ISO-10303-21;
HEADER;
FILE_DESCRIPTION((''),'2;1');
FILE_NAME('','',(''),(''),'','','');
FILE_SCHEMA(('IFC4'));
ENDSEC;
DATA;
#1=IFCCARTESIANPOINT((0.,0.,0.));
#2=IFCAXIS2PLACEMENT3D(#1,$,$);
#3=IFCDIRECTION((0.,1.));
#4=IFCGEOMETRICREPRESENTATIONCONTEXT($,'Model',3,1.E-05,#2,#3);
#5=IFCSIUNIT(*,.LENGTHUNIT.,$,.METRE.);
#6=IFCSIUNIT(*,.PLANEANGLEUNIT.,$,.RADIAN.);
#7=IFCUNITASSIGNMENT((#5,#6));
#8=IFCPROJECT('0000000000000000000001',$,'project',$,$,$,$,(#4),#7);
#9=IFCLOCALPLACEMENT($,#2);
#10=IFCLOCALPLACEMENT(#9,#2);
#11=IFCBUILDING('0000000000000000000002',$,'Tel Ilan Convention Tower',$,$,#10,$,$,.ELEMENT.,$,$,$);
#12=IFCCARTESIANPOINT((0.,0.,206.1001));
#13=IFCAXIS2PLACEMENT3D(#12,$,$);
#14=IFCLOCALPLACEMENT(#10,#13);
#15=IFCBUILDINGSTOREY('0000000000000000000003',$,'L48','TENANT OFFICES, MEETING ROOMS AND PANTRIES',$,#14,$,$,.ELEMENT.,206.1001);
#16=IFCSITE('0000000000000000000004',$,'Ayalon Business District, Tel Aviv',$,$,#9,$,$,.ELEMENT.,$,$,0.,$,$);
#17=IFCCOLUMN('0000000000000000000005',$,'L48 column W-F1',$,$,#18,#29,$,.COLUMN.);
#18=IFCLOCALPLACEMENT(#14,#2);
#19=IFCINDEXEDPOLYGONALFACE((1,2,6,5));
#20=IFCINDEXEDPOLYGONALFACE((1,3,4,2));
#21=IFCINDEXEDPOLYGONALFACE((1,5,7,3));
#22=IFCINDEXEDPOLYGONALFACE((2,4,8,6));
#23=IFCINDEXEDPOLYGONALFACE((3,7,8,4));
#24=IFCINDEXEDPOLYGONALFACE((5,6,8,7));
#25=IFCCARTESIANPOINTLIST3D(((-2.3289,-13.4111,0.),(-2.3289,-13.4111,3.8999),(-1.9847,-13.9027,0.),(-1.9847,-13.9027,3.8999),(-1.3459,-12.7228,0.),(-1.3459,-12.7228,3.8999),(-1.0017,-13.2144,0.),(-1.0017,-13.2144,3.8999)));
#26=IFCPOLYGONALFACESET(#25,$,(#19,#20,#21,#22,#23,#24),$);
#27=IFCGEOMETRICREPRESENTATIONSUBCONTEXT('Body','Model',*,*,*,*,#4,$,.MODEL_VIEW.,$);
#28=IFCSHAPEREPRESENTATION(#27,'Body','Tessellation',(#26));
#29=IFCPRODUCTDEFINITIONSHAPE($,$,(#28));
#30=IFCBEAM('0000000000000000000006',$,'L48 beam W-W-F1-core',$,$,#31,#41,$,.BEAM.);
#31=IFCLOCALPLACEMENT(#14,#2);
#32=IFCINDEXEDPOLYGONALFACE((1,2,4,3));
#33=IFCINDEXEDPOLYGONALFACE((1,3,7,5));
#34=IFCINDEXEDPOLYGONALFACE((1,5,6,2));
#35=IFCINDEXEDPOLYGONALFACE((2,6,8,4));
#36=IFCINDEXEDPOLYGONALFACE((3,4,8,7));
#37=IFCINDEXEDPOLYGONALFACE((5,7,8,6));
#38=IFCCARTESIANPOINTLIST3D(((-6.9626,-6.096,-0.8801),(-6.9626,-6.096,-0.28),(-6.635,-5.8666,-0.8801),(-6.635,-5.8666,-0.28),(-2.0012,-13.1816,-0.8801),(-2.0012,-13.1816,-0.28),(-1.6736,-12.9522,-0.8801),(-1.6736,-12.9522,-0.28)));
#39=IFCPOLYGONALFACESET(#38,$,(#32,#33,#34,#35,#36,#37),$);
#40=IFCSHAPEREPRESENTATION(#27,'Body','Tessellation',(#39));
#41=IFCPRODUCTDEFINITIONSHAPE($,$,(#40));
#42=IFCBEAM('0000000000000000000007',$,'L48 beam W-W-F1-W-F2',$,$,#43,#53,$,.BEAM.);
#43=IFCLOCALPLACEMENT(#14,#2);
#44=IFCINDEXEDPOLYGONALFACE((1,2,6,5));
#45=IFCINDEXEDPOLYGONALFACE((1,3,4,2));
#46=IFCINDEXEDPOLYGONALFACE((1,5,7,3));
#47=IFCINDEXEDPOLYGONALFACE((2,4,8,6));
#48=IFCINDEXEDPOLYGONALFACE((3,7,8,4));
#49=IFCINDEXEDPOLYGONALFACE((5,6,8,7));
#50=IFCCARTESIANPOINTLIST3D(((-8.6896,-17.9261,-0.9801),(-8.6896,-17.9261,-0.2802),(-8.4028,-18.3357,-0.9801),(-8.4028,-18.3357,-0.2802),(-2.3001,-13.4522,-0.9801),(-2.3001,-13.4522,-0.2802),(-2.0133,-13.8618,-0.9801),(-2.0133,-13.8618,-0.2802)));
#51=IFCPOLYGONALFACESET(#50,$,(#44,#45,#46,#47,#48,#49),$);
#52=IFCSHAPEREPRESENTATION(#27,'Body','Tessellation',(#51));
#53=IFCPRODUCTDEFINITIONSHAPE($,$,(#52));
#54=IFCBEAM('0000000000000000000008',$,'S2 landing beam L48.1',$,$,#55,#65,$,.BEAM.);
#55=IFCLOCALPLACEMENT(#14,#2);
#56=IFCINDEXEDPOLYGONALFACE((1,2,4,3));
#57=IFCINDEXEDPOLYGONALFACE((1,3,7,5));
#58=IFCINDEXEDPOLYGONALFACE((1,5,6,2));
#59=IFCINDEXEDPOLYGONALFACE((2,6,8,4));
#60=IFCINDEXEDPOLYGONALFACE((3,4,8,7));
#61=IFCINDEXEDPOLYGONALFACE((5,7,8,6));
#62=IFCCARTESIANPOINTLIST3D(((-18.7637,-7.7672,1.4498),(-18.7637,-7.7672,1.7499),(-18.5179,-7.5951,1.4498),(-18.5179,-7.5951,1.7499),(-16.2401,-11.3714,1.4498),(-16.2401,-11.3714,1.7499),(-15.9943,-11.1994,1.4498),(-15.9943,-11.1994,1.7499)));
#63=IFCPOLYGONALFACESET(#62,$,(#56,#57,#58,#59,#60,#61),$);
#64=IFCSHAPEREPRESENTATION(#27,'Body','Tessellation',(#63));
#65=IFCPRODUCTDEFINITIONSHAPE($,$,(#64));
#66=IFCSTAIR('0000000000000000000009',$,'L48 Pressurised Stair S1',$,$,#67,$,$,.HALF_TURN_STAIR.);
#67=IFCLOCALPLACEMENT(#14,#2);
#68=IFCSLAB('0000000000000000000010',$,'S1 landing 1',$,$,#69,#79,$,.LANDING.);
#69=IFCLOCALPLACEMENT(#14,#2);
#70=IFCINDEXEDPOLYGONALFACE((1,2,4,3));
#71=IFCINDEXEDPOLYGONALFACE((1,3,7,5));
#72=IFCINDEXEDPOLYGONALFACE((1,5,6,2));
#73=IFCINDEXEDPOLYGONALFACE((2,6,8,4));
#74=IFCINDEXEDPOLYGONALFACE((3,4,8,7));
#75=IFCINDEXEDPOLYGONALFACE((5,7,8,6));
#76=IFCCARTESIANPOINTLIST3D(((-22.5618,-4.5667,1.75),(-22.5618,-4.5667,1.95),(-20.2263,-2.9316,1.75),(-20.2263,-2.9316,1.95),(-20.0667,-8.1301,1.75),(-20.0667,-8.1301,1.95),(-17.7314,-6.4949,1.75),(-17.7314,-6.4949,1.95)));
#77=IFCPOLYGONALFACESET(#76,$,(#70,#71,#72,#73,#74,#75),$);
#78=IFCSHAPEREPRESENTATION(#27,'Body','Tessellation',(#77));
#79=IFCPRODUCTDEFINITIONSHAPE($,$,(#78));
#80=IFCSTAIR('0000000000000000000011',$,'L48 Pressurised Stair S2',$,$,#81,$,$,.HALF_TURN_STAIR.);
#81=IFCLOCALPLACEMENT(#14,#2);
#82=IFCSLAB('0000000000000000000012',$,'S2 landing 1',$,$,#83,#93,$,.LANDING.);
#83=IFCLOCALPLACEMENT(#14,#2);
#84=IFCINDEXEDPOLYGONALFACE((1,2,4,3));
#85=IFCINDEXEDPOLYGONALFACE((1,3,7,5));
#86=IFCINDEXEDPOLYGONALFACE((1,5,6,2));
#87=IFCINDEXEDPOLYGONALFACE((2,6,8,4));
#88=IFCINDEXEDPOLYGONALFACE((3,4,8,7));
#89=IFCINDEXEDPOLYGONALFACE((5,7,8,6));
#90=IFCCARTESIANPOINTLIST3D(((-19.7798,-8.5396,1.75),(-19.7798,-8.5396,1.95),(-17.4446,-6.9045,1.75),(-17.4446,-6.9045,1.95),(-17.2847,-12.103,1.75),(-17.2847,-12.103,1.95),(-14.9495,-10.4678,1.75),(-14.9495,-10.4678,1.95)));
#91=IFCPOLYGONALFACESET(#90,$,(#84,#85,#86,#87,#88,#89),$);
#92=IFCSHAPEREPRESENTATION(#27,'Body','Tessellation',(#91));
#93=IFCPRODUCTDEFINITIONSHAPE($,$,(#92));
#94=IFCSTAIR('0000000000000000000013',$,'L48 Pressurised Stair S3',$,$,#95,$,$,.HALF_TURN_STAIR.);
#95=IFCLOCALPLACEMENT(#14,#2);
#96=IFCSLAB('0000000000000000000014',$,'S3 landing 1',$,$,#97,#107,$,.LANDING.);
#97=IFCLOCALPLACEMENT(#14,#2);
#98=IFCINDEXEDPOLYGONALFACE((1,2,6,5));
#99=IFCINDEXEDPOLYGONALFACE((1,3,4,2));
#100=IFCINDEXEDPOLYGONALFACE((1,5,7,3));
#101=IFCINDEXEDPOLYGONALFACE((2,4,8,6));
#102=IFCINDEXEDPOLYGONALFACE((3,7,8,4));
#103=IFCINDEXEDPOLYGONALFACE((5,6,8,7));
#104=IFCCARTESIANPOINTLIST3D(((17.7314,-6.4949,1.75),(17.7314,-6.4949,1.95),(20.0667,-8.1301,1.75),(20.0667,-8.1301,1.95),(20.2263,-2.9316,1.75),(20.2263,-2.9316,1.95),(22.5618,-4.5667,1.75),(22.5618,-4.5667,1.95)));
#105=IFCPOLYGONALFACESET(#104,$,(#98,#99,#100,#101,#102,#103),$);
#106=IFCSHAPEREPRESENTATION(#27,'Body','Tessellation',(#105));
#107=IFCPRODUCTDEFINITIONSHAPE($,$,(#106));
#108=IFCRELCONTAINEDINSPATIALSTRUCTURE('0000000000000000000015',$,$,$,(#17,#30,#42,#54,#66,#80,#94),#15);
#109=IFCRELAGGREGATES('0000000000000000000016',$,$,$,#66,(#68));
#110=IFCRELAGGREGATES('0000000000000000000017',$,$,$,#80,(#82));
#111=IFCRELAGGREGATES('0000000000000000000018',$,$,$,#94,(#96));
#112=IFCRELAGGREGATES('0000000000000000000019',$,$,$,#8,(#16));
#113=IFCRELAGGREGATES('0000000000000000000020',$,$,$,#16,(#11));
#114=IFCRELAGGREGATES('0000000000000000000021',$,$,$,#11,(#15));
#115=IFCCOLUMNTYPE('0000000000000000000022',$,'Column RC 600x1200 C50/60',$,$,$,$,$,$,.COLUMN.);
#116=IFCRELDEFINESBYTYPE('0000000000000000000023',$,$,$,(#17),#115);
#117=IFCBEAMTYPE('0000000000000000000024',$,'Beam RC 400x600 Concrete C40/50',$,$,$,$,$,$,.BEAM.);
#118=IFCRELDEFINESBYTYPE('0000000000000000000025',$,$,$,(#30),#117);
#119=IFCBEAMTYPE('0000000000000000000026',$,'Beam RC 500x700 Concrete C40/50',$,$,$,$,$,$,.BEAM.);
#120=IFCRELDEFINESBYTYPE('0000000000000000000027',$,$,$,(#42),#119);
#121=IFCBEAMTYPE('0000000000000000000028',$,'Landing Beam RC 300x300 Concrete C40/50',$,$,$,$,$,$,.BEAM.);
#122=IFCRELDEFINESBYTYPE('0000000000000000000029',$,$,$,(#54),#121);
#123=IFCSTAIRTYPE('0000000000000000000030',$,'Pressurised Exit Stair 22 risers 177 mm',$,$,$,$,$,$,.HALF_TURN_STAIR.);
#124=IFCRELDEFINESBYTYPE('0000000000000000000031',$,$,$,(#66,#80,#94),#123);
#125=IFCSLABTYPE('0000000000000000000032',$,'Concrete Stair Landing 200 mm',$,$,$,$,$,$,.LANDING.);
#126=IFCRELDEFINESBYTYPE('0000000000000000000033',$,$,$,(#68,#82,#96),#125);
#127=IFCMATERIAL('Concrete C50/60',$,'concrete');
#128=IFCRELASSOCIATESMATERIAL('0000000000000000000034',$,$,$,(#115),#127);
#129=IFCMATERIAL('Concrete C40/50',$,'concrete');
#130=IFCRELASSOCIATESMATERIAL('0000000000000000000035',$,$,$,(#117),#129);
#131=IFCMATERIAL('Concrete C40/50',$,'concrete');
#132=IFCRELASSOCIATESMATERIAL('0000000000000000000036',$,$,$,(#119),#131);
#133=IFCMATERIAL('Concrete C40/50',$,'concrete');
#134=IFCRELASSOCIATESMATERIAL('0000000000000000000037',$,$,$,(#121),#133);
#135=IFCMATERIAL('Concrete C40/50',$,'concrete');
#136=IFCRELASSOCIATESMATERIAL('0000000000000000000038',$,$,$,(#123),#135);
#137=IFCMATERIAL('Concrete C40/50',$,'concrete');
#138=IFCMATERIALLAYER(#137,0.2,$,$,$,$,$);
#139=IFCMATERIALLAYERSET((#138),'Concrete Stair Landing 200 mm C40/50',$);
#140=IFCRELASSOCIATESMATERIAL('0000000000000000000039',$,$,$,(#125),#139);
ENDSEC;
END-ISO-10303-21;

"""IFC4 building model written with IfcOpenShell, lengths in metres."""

from ifc_helpers import new_model, si_unit, direction, frame, origin, origin_2d, place, context, subcontext, project, spatial, polyline, rectangle, outline, extrude, material, layer, layer_set, material_profile, profile_set, type_object, element, aggregate, save


model = new_model("IFC4")

# Units and contexts
model_context = context("Model", 3, precision=1e-05, world=origin(), true_north=direction((0.0, 1.0)))
body_context = subcontext(model_context, "Body", "Model", "MODEL_VIEW")
ifc_project = project(units=[si_unit("LENGTHUNIT", "METRE"), si_unit("PLANEANGLEUNIT", "RADIAN")], contexts=[model_context])

# Site, building, storey
site_placement = place(None, origin())
site = spatial("IfcSite", under=ifc_project, at=site_placement, Name="Ayalon Business District, Tel Aviv", CompositionType="ELEMENT", RefElevation=0.0)
building_placement = place(site_placement, origin())
building = spatial("IfcBuilding", under=site, at=building_placement, Name="Tel Ilan Convention Tower", CompositionType="ELEMENT")
storey_placement = place(building_placement, frame((0.0, 0.0, 206.1001)))
storey = spatial("IfcBuildingStorey", under=building, at=storey_placement, Name="L48", Description="TENANT OFFICES, MEETING ROOMS AND PANTRIES", CompositionType="ELEMENT", Elevation=206.1001)

# Column
ifc_material_1 = material(Name="Concrete C50/60", Category="concrete")
ifc_material_profile_1 = material_profile(ifc_material_1, rectangle(XDim=1.2, YDim=0.6001, at=origin_2d()), Name="RC 600x1200")
ifc_profile_set_1 = profile_set([ifc_material_profile_1], Name="Concrete C50/60")
column_type = type_object("IfcColumnType", Name="Column RC 600x1200 C50/60", PredefinedType="COLUMN", material=ifc_profile_set_1)
column_placement = place(storey_placement, frame((-1.6653, -13.3127, 0.0), z_axis=(0.0, 0.0, 1.0), x_axis=(-0.819152, -0.573576, 0.0)))
element("IfcColumn", 1, at=column_placement, inside=storey, type_object=column_type, Name="L48 column W-F1", PredefinedType="COLUMN", context=body_context, shape_type="SweptSolid", body=[
    extrude(rectangle(XDim=1.2, YDim=0.6001, at=origin_2d()), origin(), (0.0, 0.0, 1.0), 3.8999),
])

# Beams
ifc_material_2 = material(Name="Concrete C40/50", Category="concrete")
ifc_material_profile_2 = material_profile(ifc_material_2, rectangle(XDim=0.3999, YDim=0.6001, at=origin_2d()), Name="RC 400x600")
ifc_profile_set_2 = profile_set([ifc_material_profile_2], Name="Concrete C40/50")
beam_type_1 = type_object("IfcBeamType", Name="Beam RC 400x600 Concrete C40/50", PredefinedType="BEAM", material=ifc_profile_set_2)
beam_1_placement = place(storey_placement, frame((-1.8374, -13.0669, -0.5801), z_axis=(-0.573574, 0.819154, 0.0), x_axis=(-0.819154, -0.573574, 0.0)))
element("IfcBeam", 2, at=beam_1_placement, inside=storey, type_object=beam_type_1, Name="L48 beam W-W-F1-core", PredefinedType="BEAM", context=body_context, shape_type="SweptSolid", body=[
    extrude(rectangle(XDim=0.3999, YDim=0.6001, at=origin_2d()), origin(), (0.0, 0.0, 1.0), 8.6499),
])
ifc_material_3 = material(Name="Concrete C40/50", Category="concrete")
ifc_material_profile_3 = material_profile(ifc_material_3, rectangle(XDim=0.5, YDim=0.7, at=origin_2d()), Name="RC 500x700")
ifc_profile_set_3 = profile_set([ifc_material_profile_3], Name="Concrete C40/50")
beam_type_2 = type_object("IfcBeamType", Name="Beam RC 500x700 Concrete C40/50", PredefinedType="BEAM", material=ifc_profile_set_3)
beam_2_placement = place(storey_placement, frame((-2.1567, -13.657, -0.6301), z_axis=(-0.819154, -0.573574, 0.0), x_axis=(0.573574, -0.819154, 0.0)))
element("IfcBeam", 3, at=beam_2_placement, inside=storey, type_object=beam_type_2, Name="L48 beam W-W-F1-W-F2", PredefinedType="BEAM", context=body_context, shape_type="SweptSolid", body=[
    extrude(rectangle(XDim=0.5, YDim=0.7, at=origin_2d()), origin(), (0.0, 0.0, 1.0), 7.8),
])
ifc_material_4 = material(Name="Concrete C40/50", Category="concrete")
ifc_material_profile_4 = material_profile(ifc_material_4, rectangle(XDim=0.3, YDim=0.3, at=origin_2d()), Name="RC 300x300")
ifc_profile_set_4 = profile_set([ifc_material_profile_4], Name="Concrete C40/50")
beam_type_3 = type_object("IfcBeamType", Name="Landing Beam RC 300x300 Concrete C40/50", PredefinedType="BEAM", material=ifc_profile_set_4)
beam_3_placement = place(storey_placement, frame((-16.1172, -11.2854, 1.5999), z_axis=(-0.57357, 0.819156, 0.0), x_axis=(-0.819156, -0.57357, 0.0)))
element("IfcBeam", 4, at=beam_3_placement, inside=storey, type_object=beam_type_3, Name="S2 landing beam L48.1", PredefinedType="BEAM", context=body_context, shape_type="SweptSolid", body=[
    extrude(rectangle(XDim=0.3, YDim=0.3, at=origin_2d()), origin(), (0.0, 0.0, 1.0), 4.3999),
])

# Stairs, slabs
ifc_material_5 = material(Name="Concrete C40/50", Category="concrete")
stair_type = type_object("IfcStairType", Name="Pressurised Exit Stair 22 risers 177 mm", PredefinedType="HALF_TURN_STAIR", material=ifc_material_5)
stair_1_placement = place(storey_placement, origin())
stair_1 = element("IfcStair", 5, at=stair_1_placement, inside=storey, type_object=stair_type, Name="L48 Pressurised Stair S1", PredefinedType="HALF_TURN_STAIR")
ifc_material_6 = material(Name="Concrete C40/50", Category="concrete")
ifc_layer_1 = layer(ifc_material_6, 0.2)
ifc_layer_set_1 = layer_set([ifc_layer_1], Name="Concrete Stair Landing 200 mm C40/50")
slab_type_1 = type_object("IfcSlabType", Name="Concrete Stair Landing 200 mm", PredefinedType="LANDING", material=ifc_layer_set_1)
slab_1_placement = place(storey_placement, frame((0.0, 0.0, 1.75)))
slab_1 = element("IfcSlab", 6, at=slab_1_placement, type_object=slab_type_1, Name="S1 landing 1", PredefinedType="LANDING", context=body_context, shape_type="SweptSolid", body=[
    extrude(outline(polyline([(-20.0667, -8.1301), (-17.7314, -6.4949), (-20.2263, -2.9316), (-22.5618, -4.5667), (-20.0667, -8.1301)])), origin(), (0.0, 0.0, 1.0), 0.2),
])
aggregate(stair_1, [slab_1])
stair_2_placement = place(storey_placement, origin())
stair_2 = element("IfcStair", 7, at=stair_2_placement, inside=storey, type_object=stair_type, Name="L48 Pressurised Stair S2", PredefinedType="HALF_TURN_STAIR")
slab_2_placement = place(storey_placement, frame((0.0, 0.0, 1.75)))
slab_2 = element("IfcSlab", 8, at=slab_2_placement, type_object=slab_type_1, Name="S2 landing 1", PredefinedType="LANDING", context=body_context, shape_type="SweptSolid", body=[
    extrude(outline(polyline([(-17.2847, -12.103), (-14.9495, -10.4678), (-17.4446, -6.9045), (-19.7798, -8.5396), (-17.2847, -12.103)])), origin(), (0.0, 0.0, 1.0), 0.2),
])
aggregate(stair_2, [slab_2])
stair_3_placement = place(storey_placement, origin())
stair_3 = element("IfcStair", 9, at=stair_3_placement, inside=storey, type_object=stair_type, Name="L48 Pressurised Stair S3", PredefinedType="HALF_TURN_STAIR")
slab_3_placement = place(storey_placement, frame((0.0, 0.0, 1.75)))
slab_3 = element("IfcSlab", 10, at=slab_3_placement, type_object=slab_type_1, Name="S3 landing 1", PredefinedType="LANDING", context=body_context, shape_type="SweptSolid", body=[
    extrude(outline(polyline([(22.5618, -4.5667), (20.2263, -2.9316), (17.7314, -6.4949), (20.0667, -8.1301), (22.5618, -4.5667)])), origin(), (0.0, 0.0, 1.0), 0.2),
])
aggregate(stair_3, [slab_3])

save(model, "model.ifc")
